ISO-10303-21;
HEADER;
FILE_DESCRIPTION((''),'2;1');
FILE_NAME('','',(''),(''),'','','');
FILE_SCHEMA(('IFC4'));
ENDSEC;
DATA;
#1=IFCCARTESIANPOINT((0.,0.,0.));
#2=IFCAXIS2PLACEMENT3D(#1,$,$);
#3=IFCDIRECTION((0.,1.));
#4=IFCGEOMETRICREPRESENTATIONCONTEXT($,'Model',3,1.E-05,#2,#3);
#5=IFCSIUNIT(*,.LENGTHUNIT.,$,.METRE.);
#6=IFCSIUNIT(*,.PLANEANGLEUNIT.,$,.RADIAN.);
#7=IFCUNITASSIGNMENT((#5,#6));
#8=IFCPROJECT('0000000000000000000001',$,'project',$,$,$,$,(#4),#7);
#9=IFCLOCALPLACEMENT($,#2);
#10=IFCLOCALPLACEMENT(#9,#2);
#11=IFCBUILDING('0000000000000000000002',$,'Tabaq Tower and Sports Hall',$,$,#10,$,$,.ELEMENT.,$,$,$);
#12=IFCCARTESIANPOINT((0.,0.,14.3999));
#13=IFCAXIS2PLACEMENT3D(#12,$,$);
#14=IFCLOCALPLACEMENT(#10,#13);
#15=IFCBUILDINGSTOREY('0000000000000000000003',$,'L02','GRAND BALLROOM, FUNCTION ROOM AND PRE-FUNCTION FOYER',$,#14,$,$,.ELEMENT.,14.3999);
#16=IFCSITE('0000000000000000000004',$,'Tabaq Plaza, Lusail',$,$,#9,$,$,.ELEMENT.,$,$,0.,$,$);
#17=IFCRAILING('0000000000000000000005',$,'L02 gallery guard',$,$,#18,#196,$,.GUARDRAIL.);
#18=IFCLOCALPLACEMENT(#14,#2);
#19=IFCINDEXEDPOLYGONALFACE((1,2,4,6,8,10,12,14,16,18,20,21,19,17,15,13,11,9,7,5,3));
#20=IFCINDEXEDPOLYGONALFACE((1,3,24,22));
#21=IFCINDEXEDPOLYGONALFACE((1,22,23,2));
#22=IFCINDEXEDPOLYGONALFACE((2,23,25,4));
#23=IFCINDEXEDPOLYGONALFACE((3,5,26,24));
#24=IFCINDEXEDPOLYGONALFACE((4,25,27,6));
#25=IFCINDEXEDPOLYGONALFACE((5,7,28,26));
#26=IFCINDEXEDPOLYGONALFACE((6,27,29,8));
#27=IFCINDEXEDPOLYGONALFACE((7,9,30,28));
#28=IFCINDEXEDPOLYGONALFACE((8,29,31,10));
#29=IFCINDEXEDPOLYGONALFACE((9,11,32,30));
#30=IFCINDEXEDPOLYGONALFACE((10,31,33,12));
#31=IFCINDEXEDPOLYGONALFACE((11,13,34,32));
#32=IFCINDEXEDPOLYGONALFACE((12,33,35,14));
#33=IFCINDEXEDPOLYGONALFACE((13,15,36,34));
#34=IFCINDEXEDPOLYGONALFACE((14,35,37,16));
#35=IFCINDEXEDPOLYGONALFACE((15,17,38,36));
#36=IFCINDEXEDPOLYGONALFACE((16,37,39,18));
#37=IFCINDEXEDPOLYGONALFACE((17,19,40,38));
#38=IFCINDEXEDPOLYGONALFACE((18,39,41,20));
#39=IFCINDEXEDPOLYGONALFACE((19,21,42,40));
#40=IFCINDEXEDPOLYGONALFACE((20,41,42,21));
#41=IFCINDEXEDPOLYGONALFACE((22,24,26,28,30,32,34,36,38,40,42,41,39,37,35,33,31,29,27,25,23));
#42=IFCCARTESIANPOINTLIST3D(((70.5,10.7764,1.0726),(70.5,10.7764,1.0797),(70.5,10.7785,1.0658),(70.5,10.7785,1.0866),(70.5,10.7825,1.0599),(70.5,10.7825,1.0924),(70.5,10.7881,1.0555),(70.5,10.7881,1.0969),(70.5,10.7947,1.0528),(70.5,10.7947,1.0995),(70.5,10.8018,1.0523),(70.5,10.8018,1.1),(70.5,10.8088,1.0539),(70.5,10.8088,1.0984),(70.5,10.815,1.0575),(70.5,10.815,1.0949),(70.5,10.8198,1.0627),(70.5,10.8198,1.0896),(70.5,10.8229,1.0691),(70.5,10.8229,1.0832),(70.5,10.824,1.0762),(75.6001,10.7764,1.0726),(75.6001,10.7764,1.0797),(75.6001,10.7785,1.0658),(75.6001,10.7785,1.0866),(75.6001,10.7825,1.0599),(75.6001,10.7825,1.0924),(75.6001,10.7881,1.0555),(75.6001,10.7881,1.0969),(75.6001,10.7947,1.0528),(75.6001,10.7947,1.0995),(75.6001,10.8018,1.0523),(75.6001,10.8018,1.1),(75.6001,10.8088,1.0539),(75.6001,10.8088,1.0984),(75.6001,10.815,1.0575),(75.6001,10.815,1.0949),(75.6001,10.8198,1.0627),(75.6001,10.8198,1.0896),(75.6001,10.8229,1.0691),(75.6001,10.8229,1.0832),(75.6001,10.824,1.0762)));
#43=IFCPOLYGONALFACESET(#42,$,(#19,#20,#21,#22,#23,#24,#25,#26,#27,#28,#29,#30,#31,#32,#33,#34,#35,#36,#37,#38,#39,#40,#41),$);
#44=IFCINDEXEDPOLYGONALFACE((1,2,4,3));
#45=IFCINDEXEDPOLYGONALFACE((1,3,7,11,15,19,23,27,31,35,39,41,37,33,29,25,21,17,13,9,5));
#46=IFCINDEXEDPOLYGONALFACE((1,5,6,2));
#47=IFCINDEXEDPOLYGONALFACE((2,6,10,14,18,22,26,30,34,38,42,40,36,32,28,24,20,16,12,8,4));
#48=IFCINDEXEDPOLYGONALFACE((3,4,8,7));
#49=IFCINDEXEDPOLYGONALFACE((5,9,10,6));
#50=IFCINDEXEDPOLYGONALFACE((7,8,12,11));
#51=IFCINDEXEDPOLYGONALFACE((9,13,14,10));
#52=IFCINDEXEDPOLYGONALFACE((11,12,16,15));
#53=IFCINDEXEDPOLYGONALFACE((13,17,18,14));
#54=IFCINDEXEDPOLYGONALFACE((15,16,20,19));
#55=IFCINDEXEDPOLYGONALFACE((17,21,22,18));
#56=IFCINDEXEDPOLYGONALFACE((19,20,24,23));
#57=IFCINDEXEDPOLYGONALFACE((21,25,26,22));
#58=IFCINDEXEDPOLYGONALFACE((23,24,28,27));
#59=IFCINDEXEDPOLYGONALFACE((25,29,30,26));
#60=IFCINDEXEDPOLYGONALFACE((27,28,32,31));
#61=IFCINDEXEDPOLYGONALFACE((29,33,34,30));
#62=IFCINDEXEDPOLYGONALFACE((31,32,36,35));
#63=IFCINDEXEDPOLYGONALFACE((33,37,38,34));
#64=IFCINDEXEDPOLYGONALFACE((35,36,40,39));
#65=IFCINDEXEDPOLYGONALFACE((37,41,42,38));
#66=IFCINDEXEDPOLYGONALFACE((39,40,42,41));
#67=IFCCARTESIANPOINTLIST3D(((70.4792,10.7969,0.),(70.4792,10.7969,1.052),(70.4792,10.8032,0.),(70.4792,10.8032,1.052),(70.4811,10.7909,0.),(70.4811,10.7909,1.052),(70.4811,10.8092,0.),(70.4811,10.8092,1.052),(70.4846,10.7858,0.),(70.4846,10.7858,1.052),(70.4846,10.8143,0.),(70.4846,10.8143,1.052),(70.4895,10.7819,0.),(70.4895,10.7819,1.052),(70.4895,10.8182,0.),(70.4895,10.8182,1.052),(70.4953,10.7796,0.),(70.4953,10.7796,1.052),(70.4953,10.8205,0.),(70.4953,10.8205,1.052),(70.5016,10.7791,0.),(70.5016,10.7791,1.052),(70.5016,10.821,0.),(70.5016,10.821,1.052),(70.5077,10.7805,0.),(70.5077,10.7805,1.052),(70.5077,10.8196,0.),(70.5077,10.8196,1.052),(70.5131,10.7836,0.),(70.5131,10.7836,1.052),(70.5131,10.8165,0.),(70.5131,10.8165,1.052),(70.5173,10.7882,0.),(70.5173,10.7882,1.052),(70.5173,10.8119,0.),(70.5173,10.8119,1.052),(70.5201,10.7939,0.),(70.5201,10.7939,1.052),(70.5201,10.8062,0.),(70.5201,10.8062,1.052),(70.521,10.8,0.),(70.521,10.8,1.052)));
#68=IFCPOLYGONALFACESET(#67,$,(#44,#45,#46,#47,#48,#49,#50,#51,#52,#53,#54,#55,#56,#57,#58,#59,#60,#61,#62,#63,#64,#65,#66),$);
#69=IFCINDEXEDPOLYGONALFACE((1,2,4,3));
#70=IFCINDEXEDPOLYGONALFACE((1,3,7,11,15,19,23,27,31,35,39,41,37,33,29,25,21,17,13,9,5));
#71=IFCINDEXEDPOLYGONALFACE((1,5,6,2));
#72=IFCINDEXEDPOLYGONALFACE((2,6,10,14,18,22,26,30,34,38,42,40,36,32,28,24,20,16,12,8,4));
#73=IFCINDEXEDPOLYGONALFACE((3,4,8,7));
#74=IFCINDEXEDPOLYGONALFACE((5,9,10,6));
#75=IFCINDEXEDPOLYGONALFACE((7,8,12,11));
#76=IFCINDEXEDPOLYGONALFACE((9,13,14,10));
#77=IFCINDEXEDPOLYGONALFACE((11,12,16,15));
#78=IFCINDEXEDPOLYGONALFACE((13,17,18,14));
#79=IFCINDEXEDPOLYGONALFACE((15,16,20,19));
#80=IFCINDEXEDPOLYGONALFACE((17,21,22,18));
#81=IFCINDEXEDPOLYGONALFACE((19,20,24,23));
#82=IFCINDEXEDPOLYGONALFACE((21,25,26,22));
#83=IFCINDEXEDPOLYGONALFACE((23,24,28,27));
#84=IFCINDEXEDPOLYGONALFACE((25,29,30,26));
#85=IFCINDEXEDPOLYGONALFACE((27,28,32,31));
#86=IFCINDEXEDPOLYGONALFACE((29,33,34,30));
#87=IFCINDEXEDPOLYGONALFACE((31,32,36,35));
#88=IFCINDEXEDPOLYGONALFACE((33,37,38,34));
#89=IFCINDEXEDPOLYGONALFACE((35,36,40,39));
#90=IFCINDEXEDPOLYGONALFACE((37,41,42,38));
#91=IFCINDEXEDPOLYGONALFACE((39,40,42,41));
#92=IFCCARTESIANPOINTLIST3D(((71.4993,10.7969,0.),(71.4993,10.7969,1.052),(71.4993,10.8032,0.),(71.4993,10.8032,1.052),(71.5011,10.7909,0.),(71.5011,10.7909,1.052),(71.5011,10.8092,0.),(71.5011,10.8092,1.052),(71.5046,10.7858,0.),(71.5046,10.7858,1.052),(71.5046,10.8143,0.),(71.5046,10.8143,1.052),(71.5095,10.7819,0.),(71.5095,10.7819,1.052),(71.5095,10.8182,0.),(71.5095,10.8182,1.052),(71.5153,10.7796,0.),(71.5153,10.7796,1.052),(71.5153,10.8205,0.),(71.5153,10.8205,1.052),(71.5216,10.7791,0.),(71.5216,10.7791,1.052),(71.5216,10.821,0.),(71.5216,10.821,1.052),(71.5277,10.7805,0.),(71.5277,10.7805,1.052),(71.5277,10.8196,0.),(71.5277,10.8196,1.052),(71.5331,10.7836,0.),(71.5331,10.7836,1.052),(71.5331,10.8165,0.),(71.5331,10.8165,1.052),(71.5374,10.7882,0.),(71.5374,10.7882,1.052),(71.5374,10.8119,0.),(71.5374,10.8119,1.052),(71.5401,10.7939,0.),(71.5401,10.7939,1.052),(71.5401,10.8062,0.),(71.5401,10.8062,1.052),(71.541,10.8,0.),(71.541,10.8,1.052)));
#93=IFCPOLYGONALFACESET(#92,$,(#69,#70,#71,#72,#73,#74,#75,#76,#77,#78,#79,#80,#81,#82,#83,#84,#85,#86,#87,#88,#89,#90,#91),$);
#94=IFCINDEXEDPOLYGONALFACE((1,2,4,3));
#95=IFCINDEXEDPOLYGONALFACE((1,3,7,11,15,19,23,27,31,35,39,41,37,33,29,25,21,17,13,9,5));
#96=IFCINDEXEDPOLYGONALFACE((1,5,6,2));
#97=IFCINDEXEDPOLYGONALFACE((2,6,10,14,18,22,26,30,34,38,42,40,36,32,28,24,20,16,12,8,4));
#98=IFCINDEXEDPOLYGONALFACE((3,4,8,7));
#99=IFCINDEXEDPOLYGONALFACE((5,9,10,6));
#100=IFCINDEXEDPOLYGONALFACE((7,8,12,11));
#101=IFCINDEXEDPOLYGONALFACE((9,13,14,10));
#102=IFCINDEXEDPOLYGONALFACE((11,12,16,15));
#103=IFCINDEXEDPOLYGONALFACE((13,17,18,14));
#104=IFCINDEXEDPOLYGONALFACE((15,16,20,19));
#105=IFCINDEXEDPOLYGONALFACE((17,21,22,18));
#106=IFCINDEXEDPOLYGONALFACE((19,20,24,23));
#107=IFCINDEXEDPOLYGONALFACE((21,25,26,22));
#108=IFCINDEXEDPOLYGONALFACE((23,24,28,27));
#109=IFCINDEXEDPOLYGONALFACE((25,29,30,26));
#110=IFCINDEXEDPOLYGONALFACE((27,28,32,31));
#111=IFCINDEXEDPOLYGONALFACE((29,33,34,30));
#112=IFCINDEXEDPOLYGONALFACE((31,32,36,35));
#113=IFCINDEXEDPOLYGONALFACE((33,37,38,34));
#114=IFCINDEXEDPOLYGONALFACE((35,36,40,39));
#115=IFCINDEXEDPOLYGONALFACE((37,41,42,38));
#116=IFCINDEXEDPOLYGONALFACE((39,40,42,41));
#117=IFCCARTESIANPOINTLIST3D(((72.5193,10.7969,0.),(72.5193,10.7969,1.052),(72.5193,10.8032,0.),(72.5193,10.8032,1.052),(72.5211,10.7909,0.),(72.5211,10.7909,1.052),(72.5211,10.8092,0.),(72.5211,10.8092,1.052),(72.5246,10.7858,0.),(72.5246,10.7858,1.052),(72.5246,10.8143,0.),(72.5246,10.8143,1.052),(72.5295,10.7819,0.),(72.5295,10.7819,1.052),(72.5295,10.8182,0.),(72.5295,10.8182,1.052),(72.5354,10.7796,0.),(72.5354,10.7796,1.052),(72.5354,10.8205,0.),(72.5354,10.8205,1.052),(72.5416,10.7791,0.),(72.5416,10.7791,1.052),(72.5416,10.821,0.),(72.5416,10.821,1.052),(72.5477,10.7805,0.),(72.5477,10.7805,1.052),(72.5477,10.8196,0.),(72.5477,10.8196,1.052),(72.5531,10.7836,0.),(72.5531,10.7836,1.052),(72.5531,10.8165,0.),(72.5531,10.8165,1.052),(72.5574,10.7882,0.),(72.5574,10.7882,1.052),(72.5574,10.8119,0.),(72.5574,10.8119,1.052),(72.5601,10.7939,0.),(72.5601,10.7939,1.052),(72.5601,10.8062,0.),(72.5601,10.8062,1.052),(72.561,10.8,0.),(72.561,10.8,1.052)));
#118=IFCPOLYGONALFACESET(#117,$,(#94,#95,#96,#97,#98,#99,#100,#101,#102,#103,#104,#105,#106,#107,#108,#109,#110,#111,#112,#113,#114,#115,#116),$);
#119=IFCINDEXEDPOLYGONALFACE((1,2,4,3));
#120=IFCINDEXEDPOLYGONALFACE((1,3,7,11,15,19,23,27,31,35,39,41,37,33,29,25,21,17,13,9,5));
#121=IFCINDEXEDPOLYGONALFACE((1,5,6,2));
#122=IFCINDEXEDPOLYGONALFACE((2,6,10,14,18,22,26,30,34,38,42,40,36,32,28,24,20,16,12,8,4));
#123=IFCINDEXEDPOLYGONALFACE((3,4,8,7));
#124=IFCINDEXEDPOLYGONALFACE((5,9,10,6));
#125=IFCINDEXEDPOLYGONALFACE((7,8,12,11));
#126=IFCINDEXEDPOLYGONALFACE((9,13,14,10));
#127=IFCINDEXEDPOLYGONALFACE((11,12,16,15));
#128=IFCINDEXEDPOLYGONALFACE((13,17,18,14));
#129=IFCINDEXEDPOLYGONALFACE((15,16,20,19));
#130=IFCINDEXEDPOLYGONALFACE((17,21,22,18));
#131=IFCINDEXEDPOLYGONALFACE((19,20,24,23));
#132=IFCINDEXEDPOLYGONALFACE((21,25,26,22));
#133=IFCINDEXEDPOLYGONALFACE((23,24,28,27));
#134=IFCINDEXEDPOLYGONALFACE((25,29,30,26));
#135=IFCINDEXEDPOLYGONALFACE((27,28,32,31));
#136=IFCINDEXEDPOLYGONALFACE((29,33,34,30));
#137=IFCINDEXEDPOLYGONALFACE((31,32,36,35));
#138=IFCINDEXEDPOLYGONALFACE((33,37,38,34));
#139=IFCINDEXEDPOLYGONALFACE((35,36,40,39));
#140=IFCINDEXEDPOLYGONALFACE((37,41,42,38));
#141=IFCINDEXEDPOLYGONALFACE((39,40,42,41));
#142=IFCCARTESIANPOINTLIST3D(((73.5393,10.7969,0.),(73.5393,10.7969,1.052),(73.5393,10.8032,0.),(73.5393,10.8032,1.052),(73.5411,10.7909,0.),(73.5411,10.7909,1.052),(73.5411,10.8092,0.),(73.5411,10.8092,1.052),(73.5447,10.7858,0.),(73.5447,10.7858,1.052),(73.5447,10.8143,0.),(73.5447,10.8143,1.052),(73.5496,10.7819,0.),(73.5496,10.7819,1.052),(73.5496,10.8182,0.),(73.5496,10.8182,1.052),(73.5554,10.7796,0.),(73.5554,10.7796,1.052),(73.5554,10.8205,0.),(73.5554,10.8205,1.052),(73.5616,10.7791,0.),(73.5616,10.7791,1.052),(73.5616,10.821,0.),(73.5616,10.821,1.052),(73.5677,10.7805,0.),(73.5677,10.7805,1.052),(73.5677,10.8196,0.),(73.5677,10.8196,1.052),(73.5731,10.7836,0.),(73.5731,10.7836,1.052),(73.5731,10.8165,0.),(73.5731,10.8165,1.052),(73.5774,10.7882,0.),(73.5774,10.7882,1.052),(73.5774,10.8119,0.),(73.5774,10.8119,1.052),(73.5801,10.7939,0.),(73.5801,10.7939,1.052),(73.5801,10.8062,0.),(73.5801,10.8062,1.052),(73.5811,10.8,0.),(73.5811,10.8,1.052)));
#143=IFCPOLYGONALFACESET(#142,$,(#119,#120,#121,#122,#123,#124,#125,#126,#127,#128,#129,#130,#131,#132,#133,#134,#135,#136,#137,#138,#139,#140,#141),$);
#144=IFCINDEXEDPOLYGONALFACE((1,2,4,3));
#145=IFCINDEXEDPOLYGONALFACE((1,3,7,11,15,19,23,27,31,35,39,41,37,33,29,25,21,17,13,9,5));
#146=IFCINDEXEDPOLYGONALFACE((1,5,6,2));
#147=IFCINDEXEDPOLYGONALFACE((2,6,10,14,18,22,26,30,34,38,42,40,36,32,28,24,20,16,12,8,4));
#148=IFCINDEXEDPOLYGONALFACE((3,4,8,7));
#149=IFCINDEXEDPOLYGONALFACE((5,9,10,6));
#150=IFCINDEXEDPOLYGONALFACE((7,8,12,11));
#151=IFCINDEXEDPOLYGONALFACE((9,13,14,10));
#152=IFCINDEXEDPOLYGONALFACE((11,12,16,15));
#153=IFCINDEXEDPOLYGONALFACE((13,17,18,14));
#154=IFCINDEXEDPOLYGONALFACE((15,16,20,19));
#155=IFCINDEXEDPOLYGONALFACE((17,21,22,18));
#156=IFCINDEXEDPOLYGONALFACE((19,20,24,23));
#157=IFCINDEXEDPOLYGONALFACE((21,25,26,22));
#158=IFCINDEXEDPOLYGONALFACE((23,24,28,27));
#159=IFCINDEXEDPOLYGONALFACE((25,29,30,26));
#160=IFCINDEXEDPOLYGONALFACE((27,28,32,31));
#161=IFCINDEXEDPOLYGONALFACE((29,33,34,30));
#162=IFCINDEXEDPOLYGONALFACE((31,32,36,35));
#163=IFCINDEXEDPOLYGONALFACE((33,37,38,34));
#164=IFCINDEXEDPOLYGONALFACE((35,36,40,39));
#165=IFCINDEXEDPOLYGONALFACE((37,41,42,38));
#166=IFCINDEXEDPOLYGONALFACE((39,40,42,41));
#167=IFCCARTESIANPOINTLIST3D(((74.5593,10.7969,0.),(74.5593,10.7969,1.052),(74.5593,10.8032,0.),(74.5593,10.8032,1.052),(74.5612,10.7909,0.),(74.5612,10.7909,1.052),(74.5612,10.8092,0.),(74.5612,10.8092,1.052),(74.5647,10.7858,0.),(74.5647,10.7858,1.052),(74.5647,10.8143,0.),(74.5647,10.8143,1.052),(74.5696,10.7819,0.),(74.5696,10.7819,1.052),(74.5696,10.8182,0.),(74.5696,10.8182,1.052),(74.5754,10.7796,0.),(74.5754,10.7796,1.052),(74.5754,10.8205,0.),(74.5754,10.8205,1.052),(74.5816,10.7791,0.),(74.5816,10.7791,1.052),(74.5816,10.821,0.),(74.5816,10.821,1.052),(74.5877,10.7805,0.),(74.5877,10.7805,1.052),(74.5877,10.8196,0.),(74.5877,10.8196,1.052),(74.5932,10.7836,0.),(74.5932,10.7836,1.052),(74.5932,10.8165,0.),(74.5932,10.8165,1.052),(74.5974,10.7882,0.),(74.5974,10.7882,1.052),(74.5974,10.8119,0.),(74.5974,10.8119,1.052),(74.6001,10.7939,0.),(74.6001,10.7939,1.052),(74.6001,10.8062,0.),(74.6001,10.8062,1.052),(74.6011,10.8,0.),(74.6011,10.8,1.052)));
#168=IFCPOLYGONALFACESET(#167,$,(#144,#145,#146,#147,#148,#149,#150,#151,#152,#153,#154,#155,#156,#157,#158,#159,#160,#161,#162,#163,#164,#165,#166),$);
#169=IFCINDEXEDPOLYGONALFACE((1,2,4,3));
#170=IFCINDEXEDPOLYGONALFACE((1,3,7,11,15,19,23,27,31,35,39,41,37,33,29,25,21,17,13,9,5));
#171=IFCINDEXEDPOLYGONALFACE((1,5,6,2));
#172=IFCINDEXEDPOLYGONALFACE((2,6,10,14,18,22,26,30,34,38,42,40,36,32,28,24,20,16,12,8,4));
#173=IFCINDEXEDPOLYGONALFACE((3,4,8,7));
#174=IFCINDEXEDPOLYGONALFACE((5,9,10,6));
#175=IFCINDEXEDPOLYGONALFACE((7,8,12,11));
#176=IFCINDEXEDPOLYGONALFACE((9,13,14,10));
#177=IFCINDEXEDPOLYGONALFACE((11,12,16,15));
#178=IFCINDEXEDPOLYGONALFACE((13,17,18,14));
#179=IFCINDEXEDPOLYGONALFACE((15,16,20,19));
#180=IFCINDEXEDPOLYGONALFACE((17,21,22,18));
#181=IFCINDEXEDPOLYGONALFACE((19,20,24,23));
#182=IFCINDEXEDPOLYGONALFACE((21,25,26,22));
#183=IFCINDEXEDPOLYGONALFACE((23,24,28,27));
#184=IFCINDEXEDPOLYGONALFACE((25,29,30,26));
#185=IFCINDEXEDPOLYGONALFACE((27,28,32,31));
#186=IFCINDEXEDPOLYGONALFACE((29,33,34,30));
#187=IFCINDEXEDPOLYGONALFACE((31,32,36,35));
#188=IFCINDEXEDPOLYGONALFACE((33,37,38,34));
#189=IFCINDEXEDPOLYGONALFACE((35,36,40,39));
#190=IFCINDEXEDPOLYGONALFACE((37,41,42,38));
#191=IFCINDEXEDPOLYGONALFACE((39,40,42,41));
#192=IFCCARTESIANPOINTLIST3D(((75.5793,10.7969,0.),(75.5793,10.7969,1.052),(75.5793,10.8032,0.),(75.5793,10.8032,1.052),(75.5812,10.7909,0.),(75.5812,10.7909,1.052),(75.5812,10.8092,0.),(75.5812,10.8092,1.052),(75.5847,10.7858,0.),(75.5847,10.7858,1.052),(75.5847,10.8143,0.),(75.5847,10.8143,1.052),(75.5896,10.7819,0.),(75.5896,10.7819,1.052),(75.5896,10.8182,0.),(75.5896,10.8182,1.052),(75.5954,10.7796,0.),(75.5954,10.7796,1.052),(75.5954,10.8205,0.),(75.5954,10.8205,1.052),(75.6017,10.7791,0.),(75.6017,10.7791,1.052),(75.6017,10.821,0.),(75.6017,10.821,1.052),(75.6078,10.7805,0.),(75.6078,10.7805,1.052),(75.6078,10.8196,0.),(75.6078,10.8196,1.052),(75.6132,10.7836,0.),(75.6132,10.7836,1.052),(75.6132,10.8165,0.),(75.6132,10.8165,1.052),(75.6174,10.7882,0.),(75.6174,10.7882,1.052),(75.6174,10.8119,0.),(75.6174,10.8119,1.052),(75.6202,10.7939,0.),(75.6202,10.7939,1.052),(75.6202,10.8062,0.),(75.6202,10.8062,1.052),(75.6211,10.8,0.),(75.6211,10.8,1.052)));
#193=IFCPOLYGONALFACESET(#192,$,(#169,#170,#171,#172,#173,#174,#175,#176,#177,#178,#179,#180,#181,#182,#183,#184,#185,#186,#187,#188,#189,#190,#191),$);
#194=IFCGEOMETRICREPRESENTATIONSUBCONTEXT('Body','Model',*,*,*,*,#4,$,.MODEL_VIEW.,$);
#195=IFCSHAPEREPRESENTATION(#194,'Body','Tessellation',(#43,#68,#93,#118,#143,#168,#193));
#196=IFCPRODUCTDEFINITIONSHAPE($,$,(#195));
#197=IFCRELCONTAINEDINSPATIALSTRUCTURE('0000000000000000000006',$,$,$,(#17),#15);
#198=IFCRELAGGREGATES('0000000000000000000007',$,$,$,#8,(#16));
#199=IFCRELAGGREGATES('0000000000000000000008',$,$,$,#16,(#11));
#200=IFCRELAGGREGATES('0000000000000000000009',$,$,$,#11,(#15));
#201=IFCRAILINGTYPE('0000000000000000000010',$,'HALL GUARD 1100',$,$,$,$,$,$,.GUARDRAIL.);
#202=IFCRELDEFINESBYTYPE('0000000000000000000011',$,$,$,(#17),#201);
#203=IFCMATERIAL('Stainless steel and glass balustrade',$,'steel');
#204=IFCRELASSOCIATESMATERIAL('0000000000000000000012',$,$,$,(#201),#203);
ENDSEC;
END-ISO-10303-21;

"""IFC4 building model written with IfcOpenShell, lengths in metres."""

from ifc_helpers import new_model, si_unit, direction, frame, origin, origin_2d, place, context, subcontext, project, spatial, circle, extrude, material, type_object, element, save


model = new_model("IFC4")

# Units and contexts
model_context = context("Model", 3, precision=1e-05, world=origin(), true_north=direction((0.0, 1.0)))
body_context = subcontext(model_context, "Body", "Model", "MODEL_VIEW")
ifc_project = project(units=[si_unit("LENGTHUNIT", "METRE"), si_unit("PLANEANGLEUNIT", "RADIAN")], contexts=[model_context])

# Site, building, storey
site_placement = place(None, origin())
site = spatial("IfcSite", under=ifc_project, at=site_placement, Name="Tabaq Plaza, Lusail", CompositionType="ELEMENT", RefElevation=0.0)
building_placement = place(site_placement, origin())
building = spatial("IfcBuilding", under=site, at=building_placement, Name="Tabaq Tower and Sports Hall", CompositionType="ELEMENT")
storey_placement = place(building_placement, frame((0.0, 0.0, 14.3999)))
storey = spatial("IfcBuildingStorey", under=building, at=storey_placement, Name="L02", Description="GRAND BALLROOM, FUNCTION ROOM AND PRE-FUNCTION FOYER", CompositionType="ELEMENT", Elevation=14.3999)

# Railing
ifc_material_1 = material(Name="Stainless steel and glass balustrade", Category="steel")
railing_type = type_object("IfcRailingType", Name="HALL GUARD 1100", PredefinedType="GUARDRAIL", material=ifc_material_1)
for number, where, name in (
    (1, (70.5, 10.8, 0.0), "L02 gallery guard"),
):
    element("IfcRailing", number, at=place(storey_placement, frame(where)), inside=storey, type_object=railing_type, Name=name, PredefinedType="GUARDRAIL", context=body_context, shape_type="SweptSolid", body=[
        extrude(circle(Radius=0.0239, at=origin_2d()), frame((0.0, 0.0, 1.0762), z_axis=(1.0, 0.0, 0.0), x_axis=(0.0, 1.0, 0.0)), (0.0, 0.0, 1.0), 5.1001),
        extrude(circle(Radius=0.021, at=origin_2d()), origin(), (0.0, 0.0, 1.0), 1.052),
        extrude(circle(Radius=0.021, at=origin_2d()), frame((1.02, 0.0, 0.0)), (0.0, 0.0, 1.0), 1.052),
        extrude(circle(Radius=0.021, at=origin_2d()), frame((2.04, 0.0, 0.0)), (0.0, 0.0, 1.0), 1.052),
        extrude(circle(Radius=0.021, at=origin_2d()), frame((3.0601, 0.0, 0.0)), (0.0, 0.0, 1.0), 1.052),
        extrude(circle(Radius=0.021, at=origin_2d()), frame((4.0801, 0.0, 0.0)), (0.0, 0.0, 1.0), 1.052),
        extrude(circle(Radius=0.021, at=origin_2d()), frame((5.1001, 0.0, 0.0)), (0.0, 0.0, 1.0), 1.052),
    ])

save(model, "model.ifc")
